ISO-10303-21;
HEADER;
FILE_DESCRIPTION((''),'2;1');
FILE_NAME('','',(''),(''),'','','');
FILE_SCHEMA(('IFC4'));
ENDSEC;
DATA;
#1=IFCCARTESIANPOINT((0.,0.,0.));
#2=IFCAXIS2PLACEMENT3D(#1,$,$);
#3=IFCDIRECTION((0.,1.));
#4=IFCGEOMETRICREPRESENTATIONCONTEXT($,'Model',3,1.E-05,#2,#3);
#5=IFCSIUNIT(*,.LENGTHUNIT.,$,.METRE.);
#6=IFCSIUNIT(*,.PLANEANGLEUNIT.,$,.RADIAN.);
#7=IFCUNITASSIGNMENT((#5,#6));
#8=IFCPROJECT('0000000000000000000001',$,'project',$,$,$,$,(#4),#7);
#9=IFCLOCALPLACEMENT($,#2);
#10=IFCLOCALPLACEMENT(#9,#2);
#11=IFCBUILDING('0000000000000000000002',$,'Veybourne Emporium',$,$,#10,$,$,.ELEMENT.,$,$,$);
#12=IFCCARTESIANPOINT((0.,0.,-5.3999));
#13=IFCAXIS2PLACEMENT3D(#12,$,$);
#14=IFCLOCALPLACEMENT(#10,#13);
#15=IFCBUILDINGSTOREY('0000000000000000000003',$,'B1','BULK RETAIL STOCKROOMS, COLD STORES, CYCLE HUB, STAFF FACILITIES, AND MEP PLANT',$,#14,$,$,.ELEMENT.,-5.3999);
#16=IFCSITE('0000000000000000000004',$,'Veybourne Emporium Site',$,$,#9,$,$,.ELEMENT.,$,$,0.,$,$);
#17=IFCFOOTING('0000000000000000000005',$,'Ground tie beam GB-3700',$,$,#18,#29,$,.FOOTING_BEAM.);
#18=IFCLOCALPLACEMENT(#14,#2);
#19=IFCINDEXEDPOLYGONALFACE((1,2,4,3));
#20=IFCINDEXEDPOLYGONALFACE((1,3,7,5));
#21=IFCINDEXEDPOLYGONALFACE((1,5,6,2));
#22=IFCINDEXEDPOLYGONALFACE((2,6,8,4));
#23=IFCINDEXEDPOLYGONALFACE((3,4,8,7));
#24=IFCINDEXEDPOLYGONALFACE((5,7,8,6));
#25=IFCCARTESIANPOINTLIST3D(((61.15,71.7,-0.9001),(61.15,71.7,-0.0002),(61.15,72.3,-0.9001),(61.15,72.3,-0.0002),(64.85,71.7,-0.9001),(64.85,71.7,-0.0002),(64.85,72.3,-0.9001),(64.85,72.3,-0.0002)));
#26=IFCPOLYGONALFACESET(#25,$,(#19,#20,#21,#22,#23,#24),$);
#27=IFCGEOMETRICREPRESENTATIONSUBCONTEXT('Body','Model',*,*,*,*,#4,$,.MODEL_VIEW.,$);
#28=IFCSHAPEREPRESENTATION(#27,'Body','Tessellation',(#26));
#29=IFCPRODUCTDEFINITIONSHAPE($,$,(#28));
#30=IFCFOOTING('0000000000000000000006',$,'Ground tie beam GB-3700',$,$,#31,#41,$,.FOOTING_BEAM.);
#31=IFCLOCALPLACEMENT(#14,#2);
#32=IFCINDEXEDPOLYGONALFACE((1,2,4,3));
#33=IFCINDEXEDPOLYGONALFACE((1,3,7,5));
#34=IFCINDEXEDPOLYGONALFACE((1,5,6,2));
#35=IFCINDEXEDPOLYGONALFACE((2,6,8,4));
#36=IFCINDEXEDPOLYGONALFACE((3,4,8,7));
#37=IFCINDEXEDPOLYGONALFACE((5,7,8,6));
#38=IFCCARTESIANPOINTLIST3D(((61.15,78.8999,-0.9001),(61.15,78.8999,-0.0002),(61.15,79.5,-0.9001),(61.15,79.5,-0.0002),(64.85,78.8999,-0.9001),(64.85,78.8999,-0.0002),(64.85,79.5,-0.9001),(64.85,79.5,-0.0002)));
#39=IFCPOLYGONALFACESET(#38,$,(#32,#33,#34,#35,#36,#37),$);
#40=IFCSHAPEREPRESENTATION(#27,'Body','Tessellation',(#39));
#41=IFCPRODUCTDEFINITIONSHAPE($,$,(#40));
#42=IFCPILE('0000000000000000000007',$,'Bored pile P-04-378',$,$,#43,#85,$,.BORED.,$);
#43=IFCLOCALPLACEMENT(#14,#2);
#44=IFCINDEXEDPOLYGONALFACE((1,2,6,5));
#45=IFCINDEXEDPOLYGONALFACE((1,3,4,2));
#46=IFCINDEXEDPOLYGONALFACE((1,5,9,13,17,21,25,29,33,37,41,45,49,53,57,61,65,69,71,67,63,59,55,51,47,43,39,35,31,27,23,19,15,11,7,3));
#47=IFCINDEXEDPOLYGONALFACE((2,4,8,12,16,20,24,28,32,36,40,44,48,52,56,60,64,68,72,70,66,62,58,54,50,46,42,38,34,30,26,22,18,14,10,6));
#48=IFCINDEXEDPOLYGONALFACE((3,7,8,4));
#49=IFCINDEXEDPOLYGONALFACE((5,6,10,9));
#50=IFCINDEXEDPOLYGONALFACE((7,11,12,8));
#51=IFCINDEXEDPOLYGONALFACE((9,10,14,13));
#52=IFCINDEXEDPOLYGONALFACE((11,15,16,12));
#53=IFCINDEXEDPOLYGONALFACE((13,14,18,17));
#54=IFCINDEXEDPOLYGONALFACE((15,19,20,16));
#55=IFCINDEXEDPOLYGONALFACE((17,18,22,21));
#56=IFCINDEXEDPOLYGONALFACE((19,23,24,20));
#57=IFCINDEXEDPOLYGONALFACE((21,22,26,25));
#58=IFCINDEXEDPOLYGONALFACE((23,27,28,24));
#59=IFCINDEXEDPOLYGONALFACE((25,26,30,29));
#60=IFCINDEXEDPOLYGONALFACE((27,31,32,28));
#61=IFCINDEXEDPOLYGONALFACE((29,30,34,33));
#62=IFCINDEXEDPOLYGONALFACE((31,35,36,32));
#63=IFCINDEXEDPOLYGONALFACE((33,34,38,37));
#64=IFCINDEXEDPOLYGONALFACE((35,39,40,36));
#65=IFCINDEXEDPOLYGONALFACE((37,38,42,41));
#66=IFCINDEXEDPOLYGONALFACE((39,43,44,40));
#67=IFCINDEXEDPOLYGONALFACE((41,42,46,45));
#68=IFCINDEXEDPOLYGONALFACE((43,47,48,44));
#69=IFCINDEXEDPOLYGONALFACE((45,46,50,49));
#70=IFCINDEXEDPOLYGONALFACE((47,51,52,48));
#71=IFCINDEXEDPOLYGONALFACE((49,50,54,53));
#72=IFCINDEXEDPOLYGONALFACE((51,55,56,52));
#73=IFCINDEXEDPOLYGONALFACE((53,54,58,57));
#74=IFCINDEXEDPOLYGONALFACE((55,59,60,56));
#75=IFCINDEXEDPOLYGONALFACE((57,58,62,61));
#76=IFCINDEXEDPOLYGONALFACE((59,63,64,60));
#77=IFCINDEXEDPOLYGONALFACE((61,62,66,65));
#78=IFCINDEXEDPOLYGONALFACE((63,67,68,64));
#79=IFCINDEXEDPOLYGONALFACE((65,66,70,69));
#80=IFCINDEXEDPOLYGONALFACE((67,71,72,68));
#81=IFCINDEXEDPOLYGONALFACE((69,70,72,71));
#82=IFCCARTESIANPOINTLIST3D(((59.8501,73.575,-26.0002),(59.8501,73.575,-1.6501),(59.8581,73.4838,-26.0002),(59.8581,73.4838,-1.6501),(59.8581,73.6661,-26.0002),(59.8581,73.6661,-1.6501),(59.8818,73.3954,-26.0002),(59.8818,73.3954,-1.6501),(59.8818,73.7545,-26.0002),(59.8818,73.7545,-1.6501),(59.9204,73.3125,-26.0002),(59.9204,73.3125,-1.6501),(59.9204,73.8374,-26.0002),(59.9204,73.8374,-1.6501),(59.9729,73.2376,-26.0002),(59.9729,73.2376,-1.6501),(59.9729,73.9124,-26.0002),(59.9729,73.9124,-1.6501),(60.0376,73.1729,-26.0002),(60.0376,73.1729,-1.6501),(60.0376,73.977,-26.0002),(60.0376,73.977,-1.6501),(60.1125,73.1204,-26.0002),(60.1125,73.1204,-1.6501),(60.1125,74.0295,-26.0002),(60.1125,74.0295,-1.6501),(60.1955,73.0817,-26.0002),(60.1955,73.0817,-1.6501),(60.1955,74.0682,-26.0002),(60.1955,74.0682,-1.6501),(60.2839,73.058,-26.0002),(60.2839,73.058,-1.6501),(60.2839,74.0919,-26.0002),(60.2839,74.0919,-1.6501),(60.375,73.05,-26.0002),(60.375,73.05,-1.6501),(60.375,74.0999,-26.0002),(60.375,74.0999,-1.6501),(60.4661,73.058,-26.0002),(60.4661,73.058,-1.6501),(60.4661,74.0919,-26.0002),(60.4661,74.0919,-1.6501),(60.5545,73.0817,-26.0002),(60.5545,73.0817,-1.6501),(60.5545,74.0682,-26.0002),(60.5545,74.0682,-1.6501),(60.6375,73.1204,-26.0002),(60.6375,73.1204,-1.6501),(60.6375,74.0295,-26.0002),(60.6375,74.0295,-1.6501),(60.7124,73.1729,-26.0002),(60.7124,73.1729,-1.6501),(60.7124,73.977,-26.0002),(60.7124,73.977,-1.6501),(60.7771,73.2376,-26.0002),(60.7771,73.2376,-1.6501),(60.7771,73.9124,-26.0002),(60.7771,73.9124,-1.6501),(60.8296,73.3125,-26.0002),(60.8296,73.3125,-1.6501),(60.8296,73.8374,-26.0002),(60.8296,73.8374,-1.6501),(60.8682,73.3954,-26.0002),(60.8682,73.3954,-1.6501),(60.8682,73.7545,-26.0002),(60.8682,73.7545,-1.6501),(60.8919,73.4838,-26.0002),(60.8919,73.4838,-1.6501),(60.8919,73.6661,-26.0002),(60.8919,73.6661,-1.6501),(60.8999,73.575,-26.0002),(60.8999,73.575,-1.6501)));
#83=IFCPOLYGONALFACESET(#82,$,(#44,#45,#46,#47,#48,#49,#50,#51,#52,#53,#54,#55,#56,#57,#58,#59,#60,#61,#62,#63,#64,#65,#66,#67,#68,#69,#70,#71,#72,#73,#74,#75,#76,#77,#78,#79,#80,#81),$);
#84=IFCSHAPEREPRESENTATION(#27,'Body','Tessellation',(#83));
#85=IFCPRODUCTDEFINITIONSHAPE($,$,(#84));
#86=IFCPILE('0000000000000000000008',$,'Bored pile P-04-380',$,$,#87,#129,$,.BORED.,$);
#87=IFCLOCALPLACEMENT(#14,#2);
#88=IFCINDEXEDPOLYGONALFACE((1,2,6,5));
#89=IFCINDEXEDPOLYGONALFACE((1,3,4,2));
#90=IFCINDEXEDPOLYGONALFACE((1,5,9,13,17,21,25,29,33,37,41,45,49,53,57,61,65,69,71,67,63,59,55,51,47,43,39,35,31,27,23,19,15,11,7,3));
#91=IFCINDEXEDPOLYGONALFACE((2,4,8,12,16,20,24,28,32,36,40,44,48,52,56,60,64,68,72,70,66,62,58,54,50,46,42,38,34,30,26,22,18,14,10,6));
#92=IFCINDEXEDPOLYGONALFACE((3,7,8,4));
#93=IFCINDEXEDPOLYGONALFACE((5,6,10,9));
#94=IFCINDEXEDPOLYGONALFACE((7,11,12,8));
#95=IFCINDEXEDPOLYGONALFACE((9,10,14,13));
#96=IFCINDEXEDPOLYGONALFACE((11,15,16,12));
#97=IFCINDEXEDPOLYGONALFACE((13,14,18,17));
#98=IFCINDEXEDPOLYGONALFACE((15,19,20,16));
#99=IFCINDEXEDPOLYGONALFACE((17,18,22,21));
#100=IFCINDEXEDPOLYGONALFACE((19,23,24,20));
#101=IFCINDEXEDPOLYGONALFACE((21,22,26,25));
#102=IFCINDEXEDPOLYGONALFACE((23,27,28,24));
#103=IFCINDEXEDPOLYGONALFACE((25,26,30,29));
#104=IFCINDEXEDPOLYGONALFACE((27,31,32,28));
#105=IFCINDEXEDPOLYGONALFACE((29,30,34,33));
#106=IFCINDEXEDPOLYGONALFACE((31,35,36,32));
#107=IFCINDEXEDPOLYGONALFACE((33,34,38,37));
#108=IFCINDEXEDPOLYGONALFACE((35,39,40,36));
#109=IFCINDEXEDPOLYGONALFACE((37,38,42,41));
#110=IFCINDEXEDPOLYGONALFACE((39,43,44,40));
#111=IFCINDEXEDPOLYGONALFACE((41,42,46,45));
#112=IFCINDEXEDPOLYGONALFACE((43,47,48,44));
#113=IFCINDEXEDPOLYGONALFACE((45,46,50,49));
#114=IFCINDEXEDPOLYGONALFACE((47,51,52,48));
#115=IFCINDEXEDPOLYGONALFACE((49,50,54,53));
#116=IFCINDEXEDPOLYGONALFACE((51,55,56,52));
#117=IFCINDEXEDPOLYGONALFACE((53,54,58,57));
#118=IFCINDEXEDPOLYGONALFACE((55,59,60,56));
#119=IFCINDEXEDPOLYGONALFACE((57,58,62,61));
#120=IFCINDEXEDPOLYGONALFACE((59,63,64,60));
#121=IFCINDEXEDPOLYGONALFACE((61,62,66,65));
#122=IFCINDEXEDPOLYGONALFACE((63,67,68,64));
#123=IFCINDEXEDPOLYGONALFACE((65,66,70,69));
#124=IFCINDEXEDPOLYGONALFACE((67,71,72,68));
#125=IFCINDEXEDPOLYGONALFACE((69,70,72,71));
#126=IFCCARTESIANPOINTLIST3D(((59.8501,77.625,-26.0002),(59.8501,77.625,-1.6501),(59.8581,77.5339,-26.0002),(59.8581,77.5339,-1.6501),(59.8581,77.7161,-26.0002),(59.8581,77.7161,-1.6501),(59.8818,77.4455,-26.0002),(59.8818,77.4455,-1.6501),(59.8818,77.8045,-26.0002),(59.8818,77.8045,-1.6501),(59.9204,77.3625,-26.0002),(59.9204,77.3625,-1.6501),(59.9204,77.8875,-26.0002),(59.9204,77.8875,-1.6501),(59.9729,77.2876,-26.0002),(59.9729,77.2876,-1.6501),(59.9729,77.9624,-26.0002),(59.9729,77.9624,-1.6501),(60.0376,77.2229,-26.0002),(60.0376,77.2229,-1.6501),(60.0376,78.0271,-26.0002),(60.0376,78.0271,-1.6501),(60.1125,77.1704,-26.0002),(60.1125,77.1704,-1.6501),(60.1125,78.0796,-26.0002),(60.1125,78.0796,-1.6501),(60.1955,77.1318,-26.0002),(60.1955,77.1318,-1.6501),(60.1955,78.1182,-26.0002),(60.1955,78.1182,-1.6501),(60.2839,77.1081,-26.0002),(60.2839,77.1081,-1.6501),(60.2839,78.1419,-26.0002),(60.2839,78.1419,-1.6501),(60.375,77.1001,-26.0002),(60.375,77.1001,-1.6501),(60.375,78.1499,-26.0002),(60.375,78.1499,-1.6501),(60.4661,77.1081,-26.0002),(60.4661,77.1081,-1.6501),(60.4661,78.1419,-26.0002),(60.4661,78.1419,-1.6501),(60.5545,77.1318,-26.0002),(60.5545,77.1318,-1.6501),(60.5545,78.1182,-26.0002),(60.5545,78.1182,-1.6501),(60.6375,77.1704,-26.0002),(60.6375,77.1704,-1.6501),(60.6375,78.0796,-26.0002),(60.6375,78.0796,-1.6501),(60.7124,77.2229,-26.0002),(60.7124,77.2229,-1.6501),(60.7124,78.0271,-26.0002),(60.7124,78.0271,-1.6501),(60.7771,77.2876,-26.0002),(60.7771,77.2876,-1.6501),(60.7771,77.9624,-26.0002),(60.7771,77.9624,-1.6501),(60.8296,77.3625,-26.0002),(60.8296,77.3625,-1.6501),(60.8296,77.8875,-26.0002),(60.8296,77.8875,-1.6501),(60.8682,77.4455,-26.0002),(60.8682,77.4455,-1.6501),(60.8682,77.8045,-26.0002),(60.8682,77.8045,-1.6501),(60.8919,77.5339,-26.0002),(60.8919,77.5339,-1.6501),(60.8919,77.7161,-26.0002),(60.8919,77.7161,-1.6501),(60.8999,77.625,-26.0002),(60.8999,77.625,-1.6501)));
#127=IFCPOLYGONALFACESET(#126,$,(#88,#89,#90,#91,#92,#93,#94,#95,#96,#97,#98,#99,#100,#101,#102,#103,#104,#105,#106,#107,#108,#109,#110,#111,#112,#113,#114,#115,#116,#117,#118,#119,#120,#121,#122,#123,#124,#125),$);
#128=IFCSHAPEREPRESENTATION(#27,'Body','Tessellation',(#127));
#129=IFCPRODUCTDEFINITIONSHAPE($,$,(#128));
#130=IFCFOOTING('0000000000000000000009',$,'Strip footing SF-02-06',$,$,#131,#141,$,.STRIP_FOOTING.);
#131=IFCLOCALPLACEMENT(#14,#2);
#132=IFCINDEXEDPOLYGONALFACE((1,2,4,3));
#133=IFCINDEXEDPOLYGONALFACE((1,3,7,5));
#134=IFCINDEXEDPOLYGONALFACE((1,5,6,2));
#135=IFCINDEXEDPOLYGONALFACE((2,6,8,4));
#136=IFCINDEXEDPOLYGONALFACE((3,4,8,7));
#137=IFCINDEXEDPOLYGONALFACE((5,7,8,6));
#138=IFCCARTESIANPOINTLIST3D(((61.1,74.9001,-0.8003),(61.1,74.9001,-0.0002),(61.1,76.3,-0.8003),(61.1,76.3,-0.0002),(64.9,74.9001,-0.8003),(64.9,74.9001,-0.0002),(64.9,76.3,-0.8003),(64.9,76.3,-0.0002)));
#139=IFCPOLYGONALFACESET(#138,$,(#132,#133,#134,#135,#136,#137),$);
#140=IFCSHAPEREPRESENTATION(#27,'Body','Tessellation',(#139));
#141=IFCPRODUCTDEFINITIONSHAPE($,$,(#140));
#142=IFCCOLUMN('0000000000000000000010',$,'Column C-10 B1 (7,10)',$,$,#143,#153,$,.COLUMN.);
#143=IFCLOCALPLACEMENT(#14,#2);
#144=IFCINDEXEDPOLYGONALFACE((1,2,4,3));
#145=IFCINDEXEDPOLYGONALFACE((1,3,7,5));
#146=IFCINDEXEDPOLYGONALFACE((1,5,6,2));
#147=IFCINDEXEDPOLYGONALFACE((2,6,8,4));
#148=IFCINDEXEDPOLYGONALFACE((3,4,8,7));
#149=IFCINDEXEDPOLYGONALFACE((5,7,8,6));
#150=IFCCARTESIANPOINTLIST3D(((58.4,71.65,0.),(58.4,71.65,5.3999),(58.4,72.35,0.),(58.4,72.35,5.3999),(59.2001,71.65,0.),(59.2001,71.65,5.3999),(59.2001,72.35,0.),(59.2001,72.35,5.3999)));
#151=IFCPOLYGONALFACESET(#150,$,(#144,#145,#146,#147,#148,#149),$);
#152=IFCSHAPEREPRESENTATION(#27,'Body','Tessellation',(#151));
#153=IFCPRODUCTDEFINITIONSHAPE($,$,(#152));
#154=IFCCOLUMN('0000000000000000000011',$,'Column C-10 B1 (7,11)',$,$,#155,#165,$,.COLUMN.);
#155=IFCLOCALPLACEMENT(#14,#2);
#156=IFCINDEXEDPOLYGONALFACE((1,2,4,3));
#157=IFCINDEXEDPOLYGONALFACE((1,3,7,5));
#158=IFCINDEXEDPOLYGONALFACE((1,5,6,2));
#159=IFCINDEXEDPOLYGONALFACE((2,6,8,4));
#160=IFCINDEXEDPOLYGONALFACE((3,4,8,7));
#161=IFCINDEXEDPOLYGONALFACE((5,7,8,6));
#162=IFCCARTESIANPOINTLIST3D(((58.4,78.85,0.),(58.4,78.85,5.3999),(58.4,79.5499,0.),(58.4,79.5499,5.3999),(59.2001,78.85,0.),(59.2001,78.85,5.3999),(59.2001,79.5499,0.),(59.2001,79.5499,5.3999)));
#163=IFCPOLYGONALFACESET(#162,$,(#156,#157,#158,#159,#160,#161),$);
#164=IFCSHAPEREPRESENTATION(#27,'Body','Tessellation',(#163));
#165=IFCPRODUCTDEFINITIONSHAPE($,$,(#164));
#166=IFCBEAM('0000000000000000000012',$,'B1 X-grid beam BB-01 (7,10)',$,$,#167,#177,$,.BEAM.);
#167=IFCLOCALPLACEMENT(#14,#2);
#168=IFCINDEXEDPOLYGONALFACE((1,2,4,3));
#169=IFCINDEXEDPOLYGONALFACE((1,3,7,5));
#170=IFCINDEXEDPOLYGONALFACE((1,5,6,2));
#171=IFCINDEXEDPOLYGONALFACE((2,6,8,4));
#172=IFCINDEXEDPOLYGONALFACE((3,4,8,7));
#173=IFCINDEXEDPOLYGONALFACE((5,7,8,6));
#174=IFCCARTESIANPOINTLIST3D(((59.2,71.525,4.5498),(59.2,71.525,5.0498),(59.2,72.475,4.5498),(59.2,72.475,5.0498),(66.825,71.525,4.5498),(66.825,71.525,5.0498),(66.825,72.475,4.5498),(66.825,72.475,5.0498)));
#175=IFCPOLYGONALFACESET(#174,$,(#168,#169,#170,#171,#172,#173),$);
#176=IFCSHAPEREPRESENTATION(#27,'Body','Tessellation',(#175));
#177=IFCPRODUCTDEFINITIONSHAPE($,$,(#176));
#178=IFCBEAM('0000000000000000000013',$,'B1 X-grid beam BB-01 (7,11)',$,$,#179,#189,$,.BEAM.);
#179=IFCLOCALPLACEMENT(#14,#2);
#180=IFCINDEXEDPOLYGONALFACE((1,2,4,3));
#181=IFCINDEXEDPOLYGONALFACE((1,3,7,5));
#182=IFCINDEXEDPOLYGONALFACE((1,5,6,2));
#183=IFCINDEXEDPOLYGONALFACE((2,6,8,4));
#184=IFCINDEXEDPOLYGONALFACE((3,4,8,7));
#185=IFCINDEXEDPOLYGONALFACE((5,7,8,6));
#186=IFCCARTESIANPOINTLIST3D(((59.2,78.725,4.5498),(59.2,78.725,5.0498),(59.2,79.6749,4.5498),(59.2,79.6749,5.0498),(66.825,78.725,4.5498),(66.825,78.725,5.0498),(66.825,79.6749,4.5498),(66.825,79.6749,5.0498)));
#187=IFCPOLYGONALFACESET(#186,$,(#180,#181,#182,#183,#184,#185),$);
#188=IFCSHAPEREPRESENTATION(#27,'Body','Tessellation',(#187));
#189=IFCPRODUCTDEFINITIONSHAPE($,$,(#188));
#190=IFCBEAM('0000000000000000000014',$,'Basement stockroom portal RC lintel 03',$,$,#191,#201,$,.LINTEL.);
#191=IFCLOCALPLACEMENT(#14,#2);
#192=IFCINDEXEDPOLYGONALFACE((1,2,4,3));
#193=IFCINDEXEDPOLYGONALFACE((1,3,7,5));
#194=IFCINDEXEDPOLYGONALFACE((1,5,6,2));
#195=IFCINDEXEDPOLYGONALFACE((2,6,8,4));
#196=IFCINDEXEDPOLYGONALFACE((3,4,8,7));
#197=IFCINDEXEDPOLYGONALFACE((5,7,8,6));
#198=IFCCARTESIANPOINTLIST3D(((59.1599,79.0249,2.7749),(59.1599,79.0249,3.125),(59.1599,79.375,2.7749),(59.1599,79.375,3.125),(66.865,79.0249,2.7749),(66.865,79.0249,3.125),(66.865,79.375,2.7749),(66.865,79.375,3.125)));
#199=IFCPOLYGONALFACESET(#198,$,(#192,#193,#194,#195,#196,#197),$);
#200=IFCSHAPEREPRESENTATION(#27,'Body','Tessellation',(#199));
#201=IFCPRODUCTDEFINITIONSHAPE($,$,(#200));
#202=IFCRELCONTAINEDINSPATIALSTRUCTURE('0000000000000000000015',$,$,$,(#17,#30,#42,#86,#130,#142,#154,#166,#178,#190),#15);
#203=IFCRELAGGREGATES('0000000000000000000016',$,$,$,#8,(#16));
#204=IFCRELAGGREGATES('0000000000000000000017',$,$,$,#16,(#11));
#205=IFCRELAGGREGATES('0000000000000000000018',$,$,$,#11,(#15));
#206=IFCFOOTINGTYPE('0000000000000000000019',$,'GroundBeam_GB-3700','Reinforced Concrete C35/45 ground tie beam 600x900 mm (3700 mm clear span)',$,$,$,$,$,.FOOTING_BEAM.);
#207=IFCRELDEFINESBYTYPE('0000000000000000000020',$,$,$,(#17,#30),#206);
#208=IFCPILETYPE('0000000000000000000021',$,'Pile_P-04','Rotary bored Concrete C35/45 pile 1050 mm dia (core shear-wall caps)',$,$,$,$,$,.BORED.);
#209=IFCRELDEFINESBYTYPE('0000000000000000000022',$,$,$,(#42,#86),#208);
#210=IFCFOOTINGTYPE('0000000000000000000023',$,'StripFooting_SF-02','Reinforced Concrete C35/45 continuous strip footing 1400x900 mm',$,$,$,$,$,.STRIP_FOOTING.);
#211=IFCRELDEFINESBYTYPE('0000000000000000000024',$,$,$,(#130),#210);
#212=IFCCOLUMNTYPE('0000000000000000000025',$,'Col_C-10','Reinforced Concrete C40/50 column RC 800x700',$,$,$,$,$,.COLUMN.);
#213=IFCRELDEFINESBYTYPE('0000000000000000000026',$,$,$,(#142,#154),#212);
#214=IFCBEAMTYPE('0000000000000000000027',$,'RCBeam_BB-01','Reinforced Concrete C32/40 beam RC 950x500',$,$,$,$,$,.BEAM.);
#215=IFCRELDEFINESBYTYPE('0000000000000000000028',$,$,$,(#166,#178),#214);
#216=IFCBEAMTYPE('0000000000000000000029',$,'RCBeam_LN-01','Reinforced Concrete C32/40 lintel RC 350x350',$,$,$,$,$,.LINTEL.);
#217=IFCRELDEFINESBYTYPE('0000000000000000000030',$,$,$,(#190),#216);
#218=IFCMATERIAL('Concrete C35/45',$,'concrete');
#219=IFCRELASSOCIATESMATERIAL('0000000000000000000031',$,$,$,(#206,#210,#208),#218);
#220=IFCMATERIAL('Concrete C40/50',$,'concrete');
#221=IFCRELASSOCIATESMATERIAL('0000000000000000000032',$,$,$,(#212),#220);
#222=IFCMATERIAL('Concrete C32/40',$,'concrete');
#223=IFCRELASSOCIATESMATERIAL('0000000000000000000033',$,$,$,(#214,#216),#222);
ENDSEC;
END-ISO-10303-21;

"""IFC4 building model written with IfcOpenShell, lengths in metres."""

from ifc_helpers import new_model, si_unit, direction, frame, origin, origin_2d, place, context, subcontext, project, spatial, rectangle, circle, extrude, material, material_profile, profile_set, type_object, element, save


model = new_model("IFC4")

# Units and contexts
model_context = context("Model", 3, precision=1e-05, world=origin(), true_north=direction((0.0, 1.0)))
body_context = subcontext(model_context, "Body", "Model", "MODEL_VIEW")
ifc_project = project(units=[si_unit("LENGTHUNIT", "METRE"), si_unit("PLANEANGLEUNIT", "RADIAN")], contexts=[model_context])

# Site, building, storey
site_placement = place(None, origin())
site = spatial("IfcSite", under=ifc_project, at=site_placement, Name="Veybourne Emporium Site", CompositionType="ELEMENT", RefElevation=0.0)
building_placement = place(site_placement, origin())
building = spatial("IfcBuilding", under=site, at=building_placement, Name="Veybourne Emporium", CompositionType="ELEMENT")
storey_placement = place(building_placement, frame((0.0, 0.0, -5.3999)))
storey = spatial("IfcBuildingStorey", under=building, at=storey_placement, Name="B1", Description="BULK RETAIL STOCKROOMS, COLD STORES, CYCLE HUB, STAFF FACILITIES, AND MEP PLANT", CompositionType="ELEMENT", Elevation=-5.3999)

# Footings
ifc_material_1 = material(Name="Concrete C35/45", Category="concrete")
footing_type_1 = type_object("IfcFootingType", Name="GroundBeam_GB-3700", Description="Reinforced Concrete C35/45 ground tie beam 600x900 mm (3700 mm clear span)", PredefinedType="FOOTING_BEAM", material=ifc_material_1)
for number, where, z_axis, x_axis, name in (
    (1, (63.0, 72.0, -0.9001), (0.0, 0.0, 1.0), (1.0, 0.0, 0.0), "Ground tie beam GB-3700"),
    (2, (63.0, 79.2, -0.9001), (0.0, 0.0, 1.0), (1.0, 0.0, 0.0), "Ground tie beam GB-3700"),
):
    element("IfcFooting", number, at=place(storey_placement, frame(where, z_axis=z_axis, x_axis=x_axis)), inside=storey, type_object=footing_type_1, Name=name, PredefinedType="FOOTING_BEAM", context=body_context, shape_type="SweptSolid", body=[
        extrude(rectangle(XDim=3.7, YDim=0.6001, at=origin_2d()), origin(), (0.0, 0.0, 1.0), 0.8999),
    ])

# Piles
ifc_material_profile_1 = material_profile(ifc_material_1, circle(Radius=0.5249, at=origin_2d()), Name="BORED PILE 1050")
ifc_profile_set_1 = profile_set([ifc_material_profile_1], Name="Concrete C35/45")
pile_type = type_object("IfcPileType", Name="Pile_P-04", Description="Rotary bored Concrete C35/45 pile 1050 mm dia (core shear-wall caps)", PredefinedType="BORED", material=ifc_profile_set_1)
for number, where, z_axis, x_axis, name in (
    (3, (60.375, 73.575, -1.6501), (0.0, 0.0, -1.0), (1.0, 0.0, 0.0), "Bored pile P-04-378"),
    (4, (60.375, 77.625, -1.6501), (0.0, 0.0, -1.0), (1.0, 0.0, 0.0), "Bored pile P-04-380"),
):
    element("IfcPile", number, at=place(storey_placement, frame(where, z_axis=z_axis, x_axis=x_axis)), inside=storey, type_object=pile_type, Name=name, PredefinedType="BORED", context=body_context, shape_type="SweptSolid", body=[
        extrude(circle(Radius=0.5249, at=origin_2d()), origin(), (0.0, 0.0, 1.0), 24.3501),
    ])

# Footing
footing_type_2 = type_object("IfcFootingType", Name="StripFooting_SF-02", Description="Reinforced Concrete C35/45 continuous strip footing 1400x900 mm", PredefinedType="STRIP_FOOTING", material=ifc_material_1)
footing_placement = place(storey_placement, frame((63.0, 75.6001, -0.8003), z_axis=(0.0, 0.0, 1.0), x_axis=(1.0, 0.0, 0.0)))
element("IfcFooting", 5, at=footing_placement, inside=storey, type_object=footing_type_2, Name="Strip footing SF-02-06", PredefinedType="STRIP_FOOTING", context=body_context, shape_type="SweptSolid", body=[
    extrude(rectangle(XDim=3.8, YDim=1.3999, at=origin_2d()), origin(), (0.0, 0.0, 1.0), 0.8),
])

# Columns
ifc_material_2 = material(Name="Concrete C40/50", Category="concrete")
ifc_material_profile_2 = material_profile(ifc_material_2, rectangle(XDim=0.8, YDim=0.7, at=origin_2d()), Name="RC 800x700")
ifc_profile_set_2 = profile_set([ifc_material_profile_2], Name="Concrete C40/50")
column_type = type_object("IfcColumnType", Name="Col_C-10", Description="Reinforced Concrete C40/50 column RC 800x700", PredefinedType="COLUMN", material=ifc_profile_set_2)
for number, where, z_axis, x_axis, name in (
    (6, (58.8, 72.0, 0.0), (0.0, 0.0, 1.0), (1.0, 0.0, 0.0), "Column C-10 B1 (7,10)"),
    (7, (58.8, 79.2, 0.0), (0.0, 0.0, 1.0), (1.0, 0.0, 0.0), "Column C-10 B1 (7,11)"),
):
    element("IfcColumn", number, at=place(storey_placement, frame(where, z_axis=z_axis, x_axis=x_axis)), inside=storey, type_object=column_type, Name=name, PredefinedType="COLUMN", context=body_context, shape_type="SweptSolid", body=[
        extrude(rectangle(XDim=0.8, YDim=0.7, at=origin_2d()), origin(), (0.0, 0.0, 1.0), 5.3999),
    ])

# Beams
ifc_material_3 = material(Name="Concrete C32/40", Category="concrete")
ifc_material_profile_3 = material_profile(ifc_material_3, rectangle(XDim=0.95, YDim=0.5, at=origin_2d()), Name="RC 950x500")
ifc_profile_set_3 = profile_set([ifc_material_profile_3], Name="Concrete C32/40")
beam_type_1 = type_object("IfcBeamType", Name="RCBeam_BB-01", Description="Reinforced Concrete C32/40 beam RC 950x500", PredefinedType="BEAM", material=ifc_profile_set_3)
for number, where, z_axis, x_axis, name in (
    (8, (59.2, 72.0, 4.7998), (1.0, 0.0, 0.0), (0.0, 1.0, 0.0), "B1 X-grid beam BB-01 (7,10)"),
    (9, (59.2, 79.2, 4.7998), (1.0, 0.0, 0.0), (0.0, 1.0, 0.0), "B1 X-grid beam BB-01 (7,11)"),
):
    element("IfcBeam", number, at=place(storey_placement, frame(where, z_axis=z_axis, x_axis=x_axis)), inside=storey, type_object=beam_type_1, Name=name, PredefinedType="BEAM", context=body_context, shape_type="SweptSolid", body=[
        extrude(rectangle(XDim=0.95, YDim=0.5, at=origin_2d()), origin(), (0.0, 0.0, 1.0), 7.625),
    ])
ifc_material_profile_4 = material_profile(ifc_material_3, rectangle(XDim=0.3501, YDim=0.3501, at=origin_2d()), Name="RC 350x350")
ifc_profile_set_4 = profile_set([ifc_material_profile_4], Name="Concrete C32/40")
beam_type_2 = type_object("IfcBeamType", Name="RCBeam_LN-01", Description="Reinforced Concrete C32/40 lintel RC 350x350", PredefinedType="LINTEL", material=ifc_profile_set_4)
beam_placement = place(storey_placement, frame((59.1599, 79.2, 2.95), z_axis=(1.0, 0.0, 0.0), x_axis=(0.0, 1.0, 0.0)))
element("IfcBeam", 10, at=beam_placement, inside=storey, type_object=beam_type_2, Name="Basement stockroom portal RC lintel 03", PredefinedType="LINTEL", context=body_context, shape_type="SweptSolid", body=[
    extrude(rectangle(XDim=0.3501, YDim=0.3501, at=origin_2d()), origin(), (0.0, 0.0, 1.0), 7.7051),
])

save(model, "model.ifc")
